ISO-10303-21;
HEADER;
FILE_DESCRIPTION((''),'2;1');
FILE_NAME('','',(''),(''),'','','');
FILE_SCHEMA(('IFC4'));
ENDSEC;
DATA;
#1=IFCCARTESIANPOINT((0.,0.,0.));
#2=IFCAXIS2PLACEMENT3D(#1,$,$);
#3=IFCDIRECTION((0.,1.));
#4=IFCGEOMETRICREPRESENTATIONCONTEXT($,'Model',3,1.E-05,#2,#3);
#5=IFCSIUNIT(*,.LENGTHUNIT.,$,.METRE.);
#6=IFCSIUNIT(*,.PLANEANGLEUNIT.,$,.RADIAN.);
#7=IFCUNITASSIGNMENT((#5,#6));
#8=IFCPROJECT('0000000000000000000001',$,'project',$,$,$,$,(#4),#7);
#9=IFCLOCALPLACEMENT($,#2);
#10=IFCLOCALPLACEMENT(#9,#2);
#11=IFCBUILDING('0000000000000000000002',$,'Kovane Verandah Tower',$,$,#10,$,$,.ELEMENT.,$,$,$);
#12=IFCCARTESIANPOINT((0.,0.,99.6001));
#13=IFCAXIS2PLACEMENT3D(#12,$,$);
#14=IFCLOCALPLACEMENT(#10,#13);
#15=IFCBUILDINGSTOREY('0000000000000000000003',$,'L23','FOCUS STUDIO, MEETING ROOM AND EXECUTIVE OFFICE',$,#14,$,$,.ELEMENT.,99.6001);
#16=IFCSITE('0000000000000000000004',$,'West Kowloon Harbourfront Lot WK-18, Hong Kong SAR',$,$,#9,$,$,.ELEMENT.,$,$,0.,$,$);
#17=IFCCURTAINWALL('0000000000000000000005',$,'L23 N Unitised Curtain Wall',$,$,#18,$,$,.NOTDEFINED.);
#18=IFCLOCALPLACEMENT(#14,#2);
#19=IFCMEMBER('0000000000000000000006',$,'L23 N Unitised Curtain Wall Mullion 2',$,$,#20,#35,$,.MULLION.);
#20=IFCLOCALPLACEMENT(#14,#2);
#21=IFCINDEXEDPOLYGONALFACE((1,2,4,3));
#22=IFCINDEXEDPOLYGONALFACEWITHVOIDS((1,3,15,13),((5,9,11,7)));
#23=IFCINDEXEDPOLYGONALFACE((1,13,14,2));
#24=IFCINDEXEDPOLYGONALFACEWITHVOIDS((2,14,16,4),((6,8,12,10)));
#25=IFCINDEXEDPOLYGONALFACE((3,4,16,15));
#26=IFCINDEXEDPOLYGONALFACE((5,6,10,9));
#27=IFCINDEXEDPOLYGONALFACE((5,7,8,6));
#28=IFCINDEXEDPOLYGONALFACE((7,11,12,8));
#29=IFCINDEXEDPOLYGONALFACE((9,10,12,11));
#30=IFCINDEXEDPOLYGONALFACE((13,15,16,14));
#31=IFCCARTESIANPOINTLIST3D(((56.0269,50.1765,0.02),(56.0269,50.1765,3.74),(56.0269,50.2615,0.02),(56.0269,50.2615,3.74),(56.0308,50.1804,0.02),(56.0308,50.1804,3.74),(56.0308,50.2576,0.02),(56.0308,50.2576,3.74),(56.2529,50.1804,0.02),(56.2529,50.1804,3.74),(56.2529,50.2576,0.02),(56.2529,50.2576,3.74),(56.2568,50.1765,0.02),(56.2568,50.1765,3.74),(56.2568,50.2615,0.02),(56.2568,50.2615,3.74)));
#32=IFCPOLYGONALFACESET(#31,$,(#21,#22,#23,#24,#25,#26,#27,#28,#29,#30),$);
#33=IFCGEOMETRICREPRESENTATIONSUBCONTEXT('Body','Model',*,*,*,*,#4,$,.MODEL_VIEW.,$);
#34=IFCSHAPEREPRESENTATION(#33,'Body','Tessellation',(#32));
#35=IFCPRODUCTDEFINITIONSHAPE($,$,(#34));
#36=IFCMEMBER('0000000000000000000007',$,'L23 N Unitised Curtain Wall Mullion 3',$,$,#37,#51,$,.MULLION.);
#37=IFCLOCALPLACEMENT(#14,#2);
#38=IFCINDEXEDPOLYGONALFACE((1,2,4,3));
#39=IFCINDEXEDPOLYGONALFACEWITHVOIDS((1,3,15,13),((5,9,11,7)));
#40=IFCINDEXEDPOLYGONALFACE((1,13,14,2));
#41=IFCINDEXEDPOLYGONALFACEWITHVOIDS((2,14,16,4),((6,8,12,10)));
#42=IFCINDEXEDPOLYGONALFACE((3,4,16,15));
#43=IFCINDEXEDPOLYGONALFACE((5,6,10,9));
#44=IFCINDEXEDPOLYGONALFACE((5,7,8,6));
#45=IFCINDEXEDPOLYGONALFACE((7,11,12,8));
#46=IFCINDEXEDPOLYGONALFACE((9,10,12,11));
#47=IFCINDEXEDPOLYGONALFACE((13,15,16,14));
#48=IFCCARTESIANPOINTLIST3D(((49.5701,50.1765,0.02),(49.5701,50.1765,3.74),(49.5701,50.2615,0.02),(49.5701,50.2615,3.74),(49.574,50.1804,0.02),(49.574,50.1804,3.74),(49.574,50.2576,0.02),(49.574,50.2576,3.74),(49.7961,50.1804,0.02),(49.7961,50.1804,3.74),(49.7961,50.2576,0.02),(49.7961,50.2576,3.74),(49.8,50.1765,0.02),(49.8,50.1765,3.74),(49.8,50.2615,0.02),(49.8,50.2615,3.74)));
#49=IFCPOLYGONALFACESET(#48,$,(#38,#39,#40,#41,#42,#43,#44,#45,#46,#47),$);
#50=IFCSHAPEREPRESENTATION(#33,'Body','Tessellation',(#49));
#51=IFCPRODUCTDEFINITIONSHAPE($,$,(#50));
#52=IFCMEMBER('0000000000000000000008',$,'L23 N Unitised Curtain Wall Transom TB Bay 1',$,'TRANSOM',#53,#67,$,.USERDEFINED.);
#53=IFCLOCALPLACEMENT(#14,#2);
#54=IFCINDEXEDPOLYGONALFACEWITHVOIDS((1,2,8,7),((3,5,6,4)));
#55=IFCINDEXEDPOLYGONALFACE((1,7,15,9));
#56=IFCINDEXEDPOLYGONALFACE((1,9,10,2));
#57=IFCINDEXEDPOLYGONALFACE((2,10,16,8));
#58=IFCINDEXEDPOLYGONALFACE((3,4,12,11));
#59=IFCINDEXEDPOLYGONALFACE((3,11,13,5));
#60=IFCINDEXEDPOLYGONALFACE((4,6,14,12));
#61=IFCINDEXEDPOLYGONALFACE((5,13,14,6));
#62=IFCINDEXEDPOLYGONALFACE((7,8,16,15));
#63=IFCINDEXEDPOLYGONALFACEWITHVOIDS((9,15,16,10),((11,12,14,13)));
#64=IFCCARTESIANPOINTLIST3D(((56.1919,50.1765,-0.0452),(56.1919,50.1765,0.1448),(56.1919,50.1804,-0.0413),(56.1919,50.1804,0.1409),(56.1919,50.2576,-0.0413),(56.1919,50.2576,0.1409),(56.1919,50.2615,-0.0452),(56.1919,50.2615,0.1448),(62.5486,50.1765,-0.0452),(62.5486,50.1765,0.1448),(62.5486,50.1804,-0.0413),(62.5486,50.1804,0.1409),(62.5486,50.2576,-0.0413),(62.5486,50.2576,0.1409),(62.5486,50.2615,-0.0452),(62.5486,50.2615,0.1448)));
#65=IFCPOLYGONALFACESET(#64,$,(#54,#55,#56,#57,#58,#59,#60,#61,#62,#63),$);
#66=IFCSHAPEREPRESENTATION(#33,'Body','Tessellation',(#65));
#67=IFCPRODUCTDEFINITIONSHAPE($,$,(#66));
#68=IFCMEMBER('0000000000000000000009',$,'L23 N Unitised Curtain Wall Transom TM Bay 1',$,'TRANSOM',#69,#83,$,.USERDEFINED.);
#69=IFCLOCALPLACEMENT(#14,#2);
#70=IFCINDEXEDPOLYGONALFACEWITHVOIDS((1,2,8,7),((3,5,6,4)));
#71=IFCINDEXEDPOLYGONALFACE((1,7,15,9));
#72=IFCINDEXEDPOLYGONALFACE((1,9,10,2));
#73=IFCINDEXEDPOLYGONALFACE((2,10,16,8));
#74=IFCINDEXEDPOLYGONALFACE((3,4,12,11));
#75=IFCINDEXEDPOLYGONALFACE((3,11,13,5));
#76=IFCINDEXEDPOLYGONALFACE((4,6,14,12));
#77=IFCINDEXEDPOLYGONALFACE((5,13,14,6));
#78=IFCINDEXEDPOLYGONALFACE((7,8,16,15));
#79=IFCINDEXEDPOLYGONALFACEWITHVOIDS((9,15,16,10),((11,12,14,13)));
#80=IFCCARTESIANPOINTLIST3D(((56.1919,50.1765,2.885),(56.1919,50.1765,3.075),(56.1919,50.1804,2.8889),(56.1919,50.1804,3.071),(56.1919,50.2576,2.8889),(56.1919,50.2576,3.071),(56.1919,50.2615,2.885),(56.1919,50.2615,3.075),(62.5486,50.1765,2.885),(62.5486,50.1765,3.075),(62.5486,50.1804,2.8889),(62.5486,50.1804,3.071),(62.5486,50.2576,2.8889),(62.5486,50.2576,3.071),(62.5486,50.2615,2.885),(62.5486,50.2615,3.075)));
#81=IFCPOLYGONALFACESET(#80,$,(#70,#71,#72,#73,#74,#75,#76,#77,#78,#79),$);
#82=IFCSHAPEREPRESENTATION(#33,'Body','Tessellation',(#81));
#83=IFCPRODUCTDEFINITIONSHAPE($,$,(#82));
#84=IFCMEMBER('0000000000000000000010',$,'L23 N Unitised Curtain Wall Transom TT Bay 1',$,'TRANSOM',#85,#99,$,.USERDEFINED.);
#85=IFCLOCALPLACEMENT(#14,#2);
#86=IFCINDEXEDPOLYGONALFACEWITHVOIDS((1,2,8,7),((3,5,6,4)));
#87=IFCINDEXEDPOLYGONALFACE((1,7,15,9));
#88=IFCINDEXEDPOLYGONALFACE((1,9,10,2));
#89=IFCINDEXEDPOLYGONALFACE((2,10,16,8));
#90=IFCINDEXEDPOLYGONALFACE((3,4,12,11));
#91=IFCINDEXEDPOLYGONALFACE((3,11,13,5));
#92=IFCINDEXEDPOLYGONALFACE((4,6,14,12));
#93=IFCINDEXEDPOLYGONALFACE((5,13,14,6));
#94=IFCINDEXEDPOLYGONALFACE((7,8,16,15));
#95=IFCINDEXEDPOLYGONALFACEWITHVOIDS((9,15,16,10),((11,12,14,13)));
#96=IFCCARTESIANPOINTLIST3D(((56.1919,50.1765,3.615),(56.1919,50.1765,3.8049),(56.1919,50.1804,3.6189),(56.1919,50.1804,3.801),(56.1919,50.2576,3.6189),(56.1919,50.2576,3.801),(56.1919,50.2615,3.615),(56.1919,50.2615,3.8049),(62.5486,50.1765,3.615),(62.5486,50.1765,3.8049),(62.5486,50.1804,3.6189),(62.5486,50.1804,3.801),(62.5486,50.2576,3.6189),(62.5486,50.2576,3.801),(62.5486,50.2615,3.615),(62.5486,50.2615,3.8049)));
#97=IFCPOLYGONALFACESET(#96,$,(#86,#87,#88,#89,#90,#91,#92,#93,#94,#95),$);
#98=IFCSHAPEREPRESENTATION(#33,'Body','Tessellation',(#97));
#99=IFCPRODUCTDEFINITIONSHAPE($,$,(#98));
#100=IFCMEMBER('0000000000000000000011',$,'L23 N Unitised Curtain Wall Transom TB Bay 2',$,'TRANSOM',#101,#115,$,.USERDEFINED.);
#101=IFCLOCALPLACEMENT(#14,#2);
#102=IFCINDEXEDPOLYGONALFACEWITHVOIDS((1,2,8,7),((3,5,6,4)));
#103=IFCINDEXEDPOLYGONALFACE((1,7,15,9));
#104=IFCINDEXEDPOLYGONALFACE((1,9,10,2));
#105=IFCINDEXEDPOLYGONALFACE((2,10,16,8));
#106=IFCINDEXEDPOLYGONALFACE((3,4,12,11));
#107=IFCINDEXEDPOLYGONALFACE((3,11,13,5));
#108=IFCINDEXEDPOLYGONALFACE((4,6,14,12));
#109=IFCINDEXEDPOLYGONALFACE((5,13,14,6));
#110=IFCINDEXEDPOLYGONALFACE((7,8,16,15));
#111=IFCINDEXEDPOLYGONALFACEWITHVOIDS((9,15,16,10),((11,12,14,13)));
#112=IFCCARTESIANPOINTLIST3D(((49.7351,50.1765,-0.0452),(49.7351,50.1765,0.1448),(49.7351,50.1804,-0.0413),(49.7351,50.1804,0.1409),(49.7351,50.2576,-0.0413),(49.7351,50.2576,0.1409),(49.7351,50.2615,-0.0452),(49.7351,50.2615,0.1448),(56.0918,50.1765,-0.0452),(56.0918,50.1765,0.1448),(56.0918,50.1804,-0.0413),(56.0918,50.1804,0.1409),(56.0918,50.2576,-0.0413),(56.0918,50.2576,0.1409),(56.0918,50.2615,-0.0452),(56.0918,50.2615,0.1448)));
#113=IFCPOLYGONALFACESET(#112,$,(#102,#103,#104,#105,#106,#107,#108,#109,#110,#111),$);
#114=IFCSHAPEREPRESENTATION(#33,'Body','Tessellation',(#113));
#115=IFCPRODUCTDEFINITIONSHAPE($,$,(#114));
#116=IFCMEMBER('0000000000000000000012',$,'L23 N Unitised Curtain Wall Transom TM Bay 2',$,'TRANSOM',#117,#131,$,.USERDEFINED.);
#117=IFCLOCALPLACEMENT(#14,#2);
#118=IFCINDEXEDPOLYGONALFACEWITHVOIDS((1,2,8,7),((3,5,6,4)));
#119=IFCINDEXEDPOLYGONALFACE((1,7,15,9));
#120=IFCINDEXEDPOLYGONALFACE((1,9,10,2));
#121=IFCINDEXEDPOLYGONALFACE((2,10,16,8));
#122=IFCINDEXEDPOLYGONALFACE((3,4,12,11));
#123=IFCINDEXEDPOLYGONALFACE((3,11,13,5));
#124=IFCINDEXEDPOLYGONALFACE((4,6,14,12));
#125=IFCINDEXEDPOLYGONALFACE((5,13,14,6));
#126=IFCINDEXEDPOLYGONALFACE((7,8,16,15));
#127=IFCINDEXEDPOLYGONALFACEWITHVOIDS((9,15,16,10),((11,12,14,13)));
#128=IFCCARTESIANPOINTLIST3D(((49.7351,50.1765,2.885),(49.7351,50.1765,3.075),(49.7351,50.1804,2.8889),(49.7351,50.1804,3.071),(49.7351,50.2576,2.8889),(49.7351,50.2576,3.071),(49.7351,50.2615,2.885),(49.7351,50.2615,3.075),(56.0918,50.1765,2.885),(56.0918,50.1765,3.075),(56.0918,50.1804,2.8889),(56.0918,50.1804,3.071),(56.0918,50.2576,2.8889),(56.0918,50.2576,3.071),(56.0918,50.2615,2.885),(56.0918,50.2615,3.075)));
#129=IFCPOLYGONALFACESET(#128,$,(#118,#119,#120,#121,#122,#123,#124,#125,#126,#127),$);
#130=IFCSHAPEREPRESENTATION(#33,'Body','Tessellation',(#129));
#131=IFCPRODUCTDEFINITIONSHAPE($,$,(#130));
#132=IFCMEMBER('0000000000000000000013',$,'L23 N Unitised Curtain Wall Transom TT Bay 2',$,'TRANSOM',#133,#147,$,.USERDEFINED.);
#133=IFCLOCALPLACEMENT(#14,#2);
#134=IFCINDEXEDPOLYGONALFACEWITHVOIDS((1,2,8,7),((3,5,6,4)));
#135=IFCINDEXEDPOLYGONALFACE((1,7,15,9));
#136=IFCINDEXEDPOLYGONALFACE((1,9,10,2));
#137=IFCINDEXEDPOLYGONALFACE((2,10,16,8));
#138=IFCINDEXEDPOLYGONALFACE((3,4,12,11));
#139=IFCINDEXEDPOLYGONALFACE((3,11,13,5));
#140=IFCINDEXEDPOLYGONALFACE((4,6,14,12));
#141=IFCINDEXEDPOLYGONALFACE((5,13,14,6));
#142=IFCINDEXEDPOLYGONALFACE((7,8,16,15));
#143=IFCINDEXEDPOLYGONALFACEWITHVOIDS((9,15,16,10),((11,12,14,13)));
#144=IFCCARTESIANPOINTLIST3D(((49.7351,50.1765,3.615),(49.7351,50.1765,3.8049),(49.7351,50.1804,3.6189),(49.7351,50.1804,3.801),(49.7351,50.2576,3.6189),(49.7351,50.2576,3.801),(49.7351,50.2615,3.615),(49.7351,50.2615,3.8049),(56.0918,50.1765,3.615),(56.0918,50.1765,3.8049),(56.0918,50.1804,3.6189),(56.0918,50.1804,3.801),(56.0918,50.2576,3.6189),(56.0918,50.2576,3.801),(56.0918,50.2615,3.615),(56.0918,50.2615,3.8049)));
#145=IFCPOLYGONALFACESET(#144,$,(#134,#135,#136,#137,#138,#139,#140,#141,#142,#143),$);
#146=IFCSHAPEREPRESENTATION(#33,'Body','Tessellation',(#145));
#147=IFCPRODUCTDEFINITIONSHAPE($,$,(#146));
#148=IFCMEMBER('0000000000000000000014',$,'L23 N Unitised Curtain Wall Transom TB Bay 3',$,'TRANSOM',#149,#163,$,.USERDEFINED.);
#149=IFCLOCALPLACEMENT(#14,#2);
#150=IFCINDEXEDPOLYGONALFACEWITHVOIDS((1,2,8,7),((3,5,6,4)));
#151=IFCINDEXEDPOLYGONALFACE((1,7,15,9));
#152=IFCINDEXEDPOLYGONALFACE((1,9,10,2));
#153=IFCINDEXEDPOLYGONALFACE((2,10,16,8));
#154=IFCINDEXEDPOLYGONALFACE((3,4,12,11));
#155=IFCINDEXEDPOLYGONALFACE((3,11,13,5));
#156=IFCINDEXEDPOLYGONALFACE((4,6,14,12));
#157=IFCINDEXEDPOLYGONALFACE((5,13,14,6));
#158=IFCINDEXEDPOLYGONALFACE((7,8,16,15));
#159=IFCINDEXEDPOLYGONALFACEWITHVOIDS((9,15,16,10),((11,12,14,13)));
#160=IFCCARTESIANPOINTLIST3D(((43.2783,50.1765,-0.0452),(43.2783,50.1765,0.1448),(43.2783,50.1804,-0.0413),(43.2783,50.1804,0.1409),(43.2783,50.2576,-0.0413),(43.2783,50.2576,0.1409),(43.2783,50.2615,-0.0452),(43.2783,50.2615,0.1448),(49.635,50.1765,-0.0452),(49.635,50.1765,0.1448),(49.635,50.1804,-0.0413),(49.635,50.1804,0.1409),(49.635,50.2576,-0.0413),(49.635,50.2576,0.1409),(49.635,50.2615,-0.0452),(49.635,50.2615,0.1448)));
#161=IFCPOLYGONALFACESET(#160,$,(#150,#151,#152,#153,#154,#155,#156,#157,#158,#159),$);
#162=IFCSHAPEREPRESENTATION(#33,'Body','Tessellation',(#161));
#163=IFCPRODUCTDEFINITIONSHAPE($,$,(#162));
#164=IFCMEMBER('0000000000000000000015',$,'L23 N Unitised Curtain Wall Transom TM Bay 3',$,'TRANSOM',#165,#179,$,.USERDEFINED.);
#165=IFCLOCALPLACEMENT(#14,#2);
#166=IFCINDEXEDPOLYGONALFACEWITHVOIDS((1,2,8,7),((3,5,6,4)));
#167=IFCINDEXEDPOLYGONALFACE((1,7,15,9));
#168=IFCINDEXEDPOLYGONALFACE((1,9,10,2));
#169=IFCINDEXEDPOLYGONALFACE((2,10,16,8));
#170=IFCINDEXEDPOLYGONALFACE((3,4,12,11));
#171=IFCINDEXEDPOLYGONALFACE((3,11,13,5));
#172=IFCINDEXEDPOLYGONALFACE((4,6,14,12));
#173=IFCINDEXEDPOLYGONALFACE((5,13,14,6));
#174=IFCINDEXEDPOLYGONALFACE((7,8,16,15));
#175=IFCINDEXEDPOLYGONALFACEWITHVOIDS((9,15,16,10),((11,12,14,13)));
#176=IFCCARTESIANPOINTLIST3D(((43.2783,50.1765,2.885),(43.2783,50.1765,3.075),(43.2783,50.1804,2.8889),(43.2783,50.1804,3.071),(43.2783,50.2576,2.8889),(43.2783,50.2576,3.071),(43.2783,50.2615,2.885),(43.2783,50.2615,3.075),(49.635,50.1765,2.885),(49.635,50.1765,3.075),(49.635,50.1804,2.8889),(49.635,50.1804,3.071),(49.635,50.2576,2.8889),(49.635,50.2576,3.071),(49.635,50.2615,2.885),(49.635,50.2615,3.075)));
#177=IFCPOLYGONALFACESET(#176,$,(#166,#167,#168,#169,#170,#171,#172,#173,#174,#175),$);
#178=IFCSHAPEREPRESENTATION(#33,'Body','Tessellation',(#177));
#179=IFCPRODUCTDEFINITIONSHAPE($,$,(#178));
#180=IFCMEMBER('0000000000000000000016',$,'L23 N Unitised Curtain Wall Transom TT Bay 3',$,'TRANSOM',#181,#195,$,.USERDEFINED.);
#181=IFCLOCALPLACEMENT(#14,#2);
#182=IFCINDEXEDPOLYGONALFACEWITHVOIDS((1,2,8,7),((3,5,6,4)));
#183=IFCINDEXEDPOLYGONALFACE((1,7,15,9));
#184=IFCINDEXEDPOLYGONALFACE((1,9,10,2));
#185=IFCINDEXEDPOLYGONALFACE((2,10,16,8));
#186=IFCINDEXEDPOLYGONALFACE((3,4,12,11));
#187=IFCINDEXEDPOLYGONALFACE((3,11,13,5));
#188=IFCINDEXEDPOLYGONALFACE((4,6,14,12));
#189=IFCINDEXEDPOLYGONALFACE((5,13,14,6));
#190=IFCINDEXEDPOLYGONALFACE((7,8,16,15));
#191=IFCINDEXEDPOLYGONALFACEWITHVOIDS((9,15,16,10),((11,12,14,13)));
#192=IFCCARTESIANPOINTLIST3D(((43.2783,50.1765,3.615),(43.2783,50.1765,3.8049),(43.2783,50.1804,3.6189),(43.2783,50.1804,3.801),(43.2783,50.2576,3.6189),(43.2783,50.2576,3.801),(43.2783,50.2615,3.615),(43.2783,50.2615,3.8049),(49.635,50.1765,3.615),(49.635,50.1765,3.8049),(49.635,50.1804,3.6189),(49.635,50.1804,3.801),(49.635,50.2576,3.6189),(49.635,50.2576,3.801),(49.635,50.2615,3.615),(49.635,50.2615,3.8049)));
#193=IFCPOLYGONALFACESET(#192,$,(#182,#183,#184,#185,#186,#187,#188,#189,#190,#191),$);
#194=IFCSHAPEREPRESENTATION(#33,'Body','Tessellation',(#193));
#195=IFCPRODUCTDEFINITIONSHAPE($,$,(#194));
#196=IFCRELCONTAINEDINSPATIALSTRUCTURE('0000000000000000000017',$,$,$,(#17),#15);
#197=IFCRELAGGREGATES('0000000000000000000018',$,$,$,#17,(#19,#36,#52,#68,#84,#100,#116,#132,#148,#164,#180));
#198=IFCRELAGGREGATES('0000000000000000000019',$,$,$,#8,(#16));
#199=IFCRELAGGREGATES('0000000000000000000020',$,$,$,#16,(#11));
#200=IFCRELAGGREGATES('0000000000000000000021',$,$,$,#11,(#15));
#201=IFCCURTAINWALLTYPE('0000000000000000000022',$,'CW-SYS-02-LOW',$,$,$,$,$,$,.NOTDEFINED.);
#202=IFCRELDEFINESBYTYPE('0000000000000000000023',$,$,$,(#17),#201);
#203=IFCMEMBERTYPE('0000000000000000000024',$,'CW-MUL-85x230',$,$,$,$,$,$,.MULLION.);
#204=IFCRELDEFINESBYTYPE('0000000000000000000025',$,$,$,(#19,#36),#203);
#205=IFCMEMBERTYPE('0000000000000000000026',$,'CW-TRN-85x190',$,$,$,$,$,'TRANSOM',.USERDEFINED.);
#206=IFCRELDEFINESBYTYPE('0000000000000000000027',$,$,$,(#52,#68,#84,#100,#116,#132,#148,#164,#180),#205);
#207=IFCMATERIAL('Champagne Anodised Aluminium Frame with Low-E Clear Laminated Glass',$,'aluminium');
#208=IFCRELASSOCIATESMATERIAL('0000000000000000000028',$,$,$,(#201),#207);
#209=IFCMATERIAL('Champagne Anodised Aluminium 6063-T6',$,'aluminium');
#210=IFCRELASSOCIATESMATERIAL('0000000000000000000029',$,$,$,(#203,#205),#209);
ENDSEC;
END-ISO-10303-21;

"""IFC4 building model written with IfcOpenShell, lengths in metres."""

from ifc_helpers import new_model, si_unit, direction, frame, origin, origin_2d, place, context, subcontext, project, spatial, hollow_rectangle, extrude, material, material_profile, profile_set, type_object, element, aggregate, save


model = new_model("IFC4")

# Units and contexts
model_context = context("Model", 3, precision=1e-05, world=origin(), true_north=direction((0.0, 1.0)))
body_context = subcontext(model_context, "Body", "Model", "MODEL_VIEW")
ifc_project = project(units=[si_unit("LENGTHUNIT", "METRE"), si_unit("PLANEANGLEUNIT", "RADIAN")], contexts=[model_context])

# Site, building, storey
site_placement = place(None, origin())
site = spatial("IfcSite", under=ifc_project, at=site_placement, Name="West Kowloon Harbourfront Lot WK-18, Hong Kong SAR", CompositionType="ELEMENT", RefElevation=0.0)
building_placement = place(site_placement, origin())
building = spatial("IfcBuilding", under=site, at=building_placement, Name="Kovane Verandah Tower", CompositionType="ELEMENT")
storey_placement = place(building_placement, frame((0.0, 0.0, 99.6001)))
storey = spatial("IfcBuildingStorey", under=building, at=storey_placement, Name="L23", Description="FOCUS STUDIO, MEETING ROOM AND EXECUTIVE OFFICE", CompositionType="ELEMENT", Elevation=99.6001)

# Curtain wall, members
ifc_material_1 = material(Name="Champagne Anodised Aluminium Frame with Low-E Clear Laminated Glass", Category="aluminium")
curtain_wall_type = type_object("IfcCurtainWallType", Name="CW-SYS-02-LOW", PredefinedType="NOTDEFINED", material=ifc_material_1)
curtain_wall_placement = place(storey_placement, origin())
curtain_wall = element("IfcCurtainWall", 1, at=curtain_wall_placement, inside=storey, type_object=curtain_wall_type, Name="L23 N Unitised Curtain Wall", PredefinedType="NOTDEFINED")
ifc_material_2 = material(Name="Champagne Anodised Aluminium 6063-T6", Category="aluminium")
ifc_material_profile_1 = material_profile(ifc_material_2, hollow_rectangle(XDim=0.085, YDim=0.23, WallThickness=0.0039, at=origin_2d()), Name="AL85x230x4")
ifc_profile_set_1 = profile_set([ifc_material_profile_1], Name="Champagne Anodised Aluminium 6063-T6")
member_type_1 = type_object("IfcMemberType", Name="CW-MUL-85x230", PredefinedType="MULLION", material=ifc_profile_set_1)
member_1_placement = place(storey_placement, frame((56.1418, 50.219, 0.02), z_axis=(0.0, 0.0, 1.0), x_axis=(0.0, 1.0, 0.0)))
member_1 = element("IfcMember", 2, at=member_1_placement, type_object=member_type_1, Name="L23 N Unitised Curtain Wall Mullion 2", PredefinedType="MULLION", context=body_context, shape_type="SweptSolid", body=[
    extrude(hollow_rectangle(XDim=0.085, YDim=0.23, WallThickness=0.0039, at=origin_2d()), origin(), (0.0, 0.0, 1.0), 3.72),
])
member_2_placement = place(storey_placement, frame((49.6851, 50.219, 0.02), z_axis=(0.0, 0.0, 1.0), x_axis=(0.0, 1.0, 0.0)))
member_2 = element("IfcMember", 3, at=member_2_placement, type_object=member_type_1, Name="L23 N Unitised Curtain Wall Mullion 3", PredefinedType="MULLION", context=body_context, shape_type="SweptSolid", body=[
    extrude(hollow_rectangle(XDim=0.085, YDim=0.23, WallThickness=0.0039, at=origin_2d()), origin(), (0.0, 0.0, 1.0), 3.72),
])
ifc_material_profile_2 = material_profile(ifc_material_2, hollow_rectangle(XDim=0.085, YDim=0.1899, WallThickness=0.0039, at=origin_2d()), Name="AL85x190x4")
ifc_profile_set_2 = profile_set([ifc_material_profile_2], Name="Champagne Anodised Aluminium 6063-T6")
member_type_2 = type_object("IfcMemberType", Name="CW-TRN-85x190", ElementType="TRANSOM", PredefinedType="USERDEFINED", material=ifc_profile_set_2)
member_3_placement = place(storey_placement, frame((62.5486, 50.219, 0.0498), z_axis=(-1.0, 0.0, 0.0), x_axis=(0.0, -1.0, 0.0)))
member_3 = element("IfcMember", 4, at=member_3_placement, type_object=member_type_2, Name="L23 N Unitised Curtain Wall Transom TB Bay 1", ObjectType="TRANSOM", PredefinedType="USERDEFINED", context=body_context, shape_type="SweptSolid", body=[
    extrude(hollow_rectangle(XDim=0.085, YDim=0.1899, WallThickness=0.0039, at=origin_2d()), origin(), (0.0, 0.0, 1.0), 6.3567),
])
member_4_placement = place(storey_placement, frame((62.5486, 50.219, 2.98), z_axis=(-1.0, 0.0, 0.0), x_axis=(0.0, -1.0, 0.0)))
member_4 = element("IfcMember", 5, at=member_4_placement, type_object=member_type_2, Name="L23 N Unitised Curtain Wall Transom TM Bay 1", ObjectType="TRANSOM", PredefinedType="USERDEFINED", context=body_context, shape_type="SweptSolid", body=[
    extrude(hollow_rectangle(XDim=0.085, YDim=0.1899, WallThickness=0.0039, at=origin_2d()), origin(), (0.0, 0.0, 1.0), 6.3567),
])
member_5_placement = place(storey_placement, frame((62.5486, 50.219, 3.71), z_axis=(-1.0, 0.0, 0.0), x_axis=(0.0, -1.0, 0.0)))
member_5 = element("IfcMember", 6, at=member_5_placement, type_object=member_type_2, Name="L23 N Unitised Curtain Wall Transom TT Bay 1", ObjectType="TRANSOM", PredefinedType="USERDEFINED", context=body_context, shape_type="SweptSolid", body=[
    extrude(hollow_rectangle(XDim=0.085, YDim=0.1899, WallThickness=0.0039, at=origin_2d()), origin(), (0.0, 0.0, 1.0), 6.3567),
])
member_6_placement = place(storey_placement, frame((56.0918, 50.219, 0.0498), z_axis=(-1.0, 0.0, 0.0), x_axis=(0.0, -1.0, 0.0)))
member_6 = element("IfcMember", 7, at=member_6_placement, type_object=member_type_2, Name="L23 N Unitised Curtain Wall Transom TB Bay 2", ObjectType="TRANSOM", PredefinedType="USERDEFINED", context=body_context, shape_type="SweptSolid", body=[
    extrude(hollow_rectangle(XDim=0.085, YDim=0.1899, WallThickness=0.0039, at=origin_2d()), origin(), (0.0, 0.0, 1.0), 6.3567),
])
member_7_placement = place(storey_placement, frame((56.0918, 50.219, 2.98), z_axis=(-1.0, 0.0, 0.0), x_axis=(0.0, -1.0, 0.0)))
member_7 = element("IfcMember", 8, at=member_7_placement, type_object=member_type_2, Name="L23 N Unitised Curtain Wall Transom TM Bay 2", ObjectType="TRANSOM", PredefinedType="USERDEFINED", context=body_context, shape_type="SweptSolid", body=[
    extrude(hollow_rectangle(XDim=0.085, YDim=0.1899, WallThickness=0.0039, at=origin_2d()), origin(), (0.0, 0.0, 1.0), 6.3567),
])
member_8_placement = place(storey_placement, frame((56.0918, 50.219, 3.71), z_axis=(-1.0, 0.0, 0.0), x_axis=(0.0, -1.0, 0.0)))
member_8 = element("IfcMember", 9, at=member_8_placement, type_object=member_type_2, Name="L23 N Unitised Curtain Wall Transom TT Bay 2", ObjectType="TRANSOM", PredefinedType="USERDEFINED", context=body_context, shape_type="SweptSolid", body=[
    extrude(hollow_rectangle(XDim=0.085, YDim=0.1899, WallThickness=0.0039, at=origin_2d()), origin(), (0.0, 0.0, 1.0), 6.3567),
])
member_9_placement = place(storey_placement, frame((49.635, 50.219, 0.0498), z_axis=(-1.0, 0.0, 0.0), x_axis=(0.0, -1.0, 0.0)))
member_9 = element("IfcMember", 10, at=member_9_placement, type_object=member_type_2, Name="L23 N Unitised Curtain Wall Transom TB Bay 3", ObjectType="TRANSOM", PredefinedType="USERDEFINED", context=body_context, shape_type="SweptSolid", body=[
    extrude(hollow_rectangle(XDim=0.085, YDim=0.1899, WallThickness=0.0039, at=origin_2d()), origin(), (0.0, 0.0, 1.0), 6.3567),
])
member_10_placement = place(storey_placement, frame((49.635, 50.219, 2.98), z_axis=(-1.0, 0.0, 0.0), x_axis=(0.0, -1.0, 0.0)))
member_10 = element("IfcMember", 11, at=member_10_placement, type_object=member_type_2, Name="L23 N Unitised Curtain Wall Transom TM Bay 3", ObjectType="TRANSOM", PredefinedType="USERDEFINED", context=body_context, shape_type="SweptSolid", body=[
    extrude(hollow_rectangle(XDim=0.085, YDim=0.1899, WallThickness=0.0039, at=origin_2d()), origin(), (0.0, 0.0, 1.0), 6.3567),
])
member_11_placement = place(storey_placement, frame((49.635, 50.219, 3.71), z_axis=(-1.0, 0.0, 0.0), x_axis=(0.0, -1.0, 0.0)))
member_11 = element("IfcMember", 12, at=member_11_placement, type_object=member_type_2, Name="L23 N Unitised Curtain Wall Transom TT Bay 3", ObjectType="TRANSOM", PredefinedType="USERDEFINED", context=body_context, shape_type="SweptSolid", body=[
    extrude(hollow_rectangle(XDim=0.085, YDim=0.1899, WallThickness=0.0039, at=origin_2d()), origin(), (0.0, 0.0, 1.0), 6.3567),
])
aggregate(curtain_wall, [member_1, member_2, member_3, member_4, member_5, member_6, member_7, member_8, member_9, member_10, member_11])

save(model, "model.ifc")
